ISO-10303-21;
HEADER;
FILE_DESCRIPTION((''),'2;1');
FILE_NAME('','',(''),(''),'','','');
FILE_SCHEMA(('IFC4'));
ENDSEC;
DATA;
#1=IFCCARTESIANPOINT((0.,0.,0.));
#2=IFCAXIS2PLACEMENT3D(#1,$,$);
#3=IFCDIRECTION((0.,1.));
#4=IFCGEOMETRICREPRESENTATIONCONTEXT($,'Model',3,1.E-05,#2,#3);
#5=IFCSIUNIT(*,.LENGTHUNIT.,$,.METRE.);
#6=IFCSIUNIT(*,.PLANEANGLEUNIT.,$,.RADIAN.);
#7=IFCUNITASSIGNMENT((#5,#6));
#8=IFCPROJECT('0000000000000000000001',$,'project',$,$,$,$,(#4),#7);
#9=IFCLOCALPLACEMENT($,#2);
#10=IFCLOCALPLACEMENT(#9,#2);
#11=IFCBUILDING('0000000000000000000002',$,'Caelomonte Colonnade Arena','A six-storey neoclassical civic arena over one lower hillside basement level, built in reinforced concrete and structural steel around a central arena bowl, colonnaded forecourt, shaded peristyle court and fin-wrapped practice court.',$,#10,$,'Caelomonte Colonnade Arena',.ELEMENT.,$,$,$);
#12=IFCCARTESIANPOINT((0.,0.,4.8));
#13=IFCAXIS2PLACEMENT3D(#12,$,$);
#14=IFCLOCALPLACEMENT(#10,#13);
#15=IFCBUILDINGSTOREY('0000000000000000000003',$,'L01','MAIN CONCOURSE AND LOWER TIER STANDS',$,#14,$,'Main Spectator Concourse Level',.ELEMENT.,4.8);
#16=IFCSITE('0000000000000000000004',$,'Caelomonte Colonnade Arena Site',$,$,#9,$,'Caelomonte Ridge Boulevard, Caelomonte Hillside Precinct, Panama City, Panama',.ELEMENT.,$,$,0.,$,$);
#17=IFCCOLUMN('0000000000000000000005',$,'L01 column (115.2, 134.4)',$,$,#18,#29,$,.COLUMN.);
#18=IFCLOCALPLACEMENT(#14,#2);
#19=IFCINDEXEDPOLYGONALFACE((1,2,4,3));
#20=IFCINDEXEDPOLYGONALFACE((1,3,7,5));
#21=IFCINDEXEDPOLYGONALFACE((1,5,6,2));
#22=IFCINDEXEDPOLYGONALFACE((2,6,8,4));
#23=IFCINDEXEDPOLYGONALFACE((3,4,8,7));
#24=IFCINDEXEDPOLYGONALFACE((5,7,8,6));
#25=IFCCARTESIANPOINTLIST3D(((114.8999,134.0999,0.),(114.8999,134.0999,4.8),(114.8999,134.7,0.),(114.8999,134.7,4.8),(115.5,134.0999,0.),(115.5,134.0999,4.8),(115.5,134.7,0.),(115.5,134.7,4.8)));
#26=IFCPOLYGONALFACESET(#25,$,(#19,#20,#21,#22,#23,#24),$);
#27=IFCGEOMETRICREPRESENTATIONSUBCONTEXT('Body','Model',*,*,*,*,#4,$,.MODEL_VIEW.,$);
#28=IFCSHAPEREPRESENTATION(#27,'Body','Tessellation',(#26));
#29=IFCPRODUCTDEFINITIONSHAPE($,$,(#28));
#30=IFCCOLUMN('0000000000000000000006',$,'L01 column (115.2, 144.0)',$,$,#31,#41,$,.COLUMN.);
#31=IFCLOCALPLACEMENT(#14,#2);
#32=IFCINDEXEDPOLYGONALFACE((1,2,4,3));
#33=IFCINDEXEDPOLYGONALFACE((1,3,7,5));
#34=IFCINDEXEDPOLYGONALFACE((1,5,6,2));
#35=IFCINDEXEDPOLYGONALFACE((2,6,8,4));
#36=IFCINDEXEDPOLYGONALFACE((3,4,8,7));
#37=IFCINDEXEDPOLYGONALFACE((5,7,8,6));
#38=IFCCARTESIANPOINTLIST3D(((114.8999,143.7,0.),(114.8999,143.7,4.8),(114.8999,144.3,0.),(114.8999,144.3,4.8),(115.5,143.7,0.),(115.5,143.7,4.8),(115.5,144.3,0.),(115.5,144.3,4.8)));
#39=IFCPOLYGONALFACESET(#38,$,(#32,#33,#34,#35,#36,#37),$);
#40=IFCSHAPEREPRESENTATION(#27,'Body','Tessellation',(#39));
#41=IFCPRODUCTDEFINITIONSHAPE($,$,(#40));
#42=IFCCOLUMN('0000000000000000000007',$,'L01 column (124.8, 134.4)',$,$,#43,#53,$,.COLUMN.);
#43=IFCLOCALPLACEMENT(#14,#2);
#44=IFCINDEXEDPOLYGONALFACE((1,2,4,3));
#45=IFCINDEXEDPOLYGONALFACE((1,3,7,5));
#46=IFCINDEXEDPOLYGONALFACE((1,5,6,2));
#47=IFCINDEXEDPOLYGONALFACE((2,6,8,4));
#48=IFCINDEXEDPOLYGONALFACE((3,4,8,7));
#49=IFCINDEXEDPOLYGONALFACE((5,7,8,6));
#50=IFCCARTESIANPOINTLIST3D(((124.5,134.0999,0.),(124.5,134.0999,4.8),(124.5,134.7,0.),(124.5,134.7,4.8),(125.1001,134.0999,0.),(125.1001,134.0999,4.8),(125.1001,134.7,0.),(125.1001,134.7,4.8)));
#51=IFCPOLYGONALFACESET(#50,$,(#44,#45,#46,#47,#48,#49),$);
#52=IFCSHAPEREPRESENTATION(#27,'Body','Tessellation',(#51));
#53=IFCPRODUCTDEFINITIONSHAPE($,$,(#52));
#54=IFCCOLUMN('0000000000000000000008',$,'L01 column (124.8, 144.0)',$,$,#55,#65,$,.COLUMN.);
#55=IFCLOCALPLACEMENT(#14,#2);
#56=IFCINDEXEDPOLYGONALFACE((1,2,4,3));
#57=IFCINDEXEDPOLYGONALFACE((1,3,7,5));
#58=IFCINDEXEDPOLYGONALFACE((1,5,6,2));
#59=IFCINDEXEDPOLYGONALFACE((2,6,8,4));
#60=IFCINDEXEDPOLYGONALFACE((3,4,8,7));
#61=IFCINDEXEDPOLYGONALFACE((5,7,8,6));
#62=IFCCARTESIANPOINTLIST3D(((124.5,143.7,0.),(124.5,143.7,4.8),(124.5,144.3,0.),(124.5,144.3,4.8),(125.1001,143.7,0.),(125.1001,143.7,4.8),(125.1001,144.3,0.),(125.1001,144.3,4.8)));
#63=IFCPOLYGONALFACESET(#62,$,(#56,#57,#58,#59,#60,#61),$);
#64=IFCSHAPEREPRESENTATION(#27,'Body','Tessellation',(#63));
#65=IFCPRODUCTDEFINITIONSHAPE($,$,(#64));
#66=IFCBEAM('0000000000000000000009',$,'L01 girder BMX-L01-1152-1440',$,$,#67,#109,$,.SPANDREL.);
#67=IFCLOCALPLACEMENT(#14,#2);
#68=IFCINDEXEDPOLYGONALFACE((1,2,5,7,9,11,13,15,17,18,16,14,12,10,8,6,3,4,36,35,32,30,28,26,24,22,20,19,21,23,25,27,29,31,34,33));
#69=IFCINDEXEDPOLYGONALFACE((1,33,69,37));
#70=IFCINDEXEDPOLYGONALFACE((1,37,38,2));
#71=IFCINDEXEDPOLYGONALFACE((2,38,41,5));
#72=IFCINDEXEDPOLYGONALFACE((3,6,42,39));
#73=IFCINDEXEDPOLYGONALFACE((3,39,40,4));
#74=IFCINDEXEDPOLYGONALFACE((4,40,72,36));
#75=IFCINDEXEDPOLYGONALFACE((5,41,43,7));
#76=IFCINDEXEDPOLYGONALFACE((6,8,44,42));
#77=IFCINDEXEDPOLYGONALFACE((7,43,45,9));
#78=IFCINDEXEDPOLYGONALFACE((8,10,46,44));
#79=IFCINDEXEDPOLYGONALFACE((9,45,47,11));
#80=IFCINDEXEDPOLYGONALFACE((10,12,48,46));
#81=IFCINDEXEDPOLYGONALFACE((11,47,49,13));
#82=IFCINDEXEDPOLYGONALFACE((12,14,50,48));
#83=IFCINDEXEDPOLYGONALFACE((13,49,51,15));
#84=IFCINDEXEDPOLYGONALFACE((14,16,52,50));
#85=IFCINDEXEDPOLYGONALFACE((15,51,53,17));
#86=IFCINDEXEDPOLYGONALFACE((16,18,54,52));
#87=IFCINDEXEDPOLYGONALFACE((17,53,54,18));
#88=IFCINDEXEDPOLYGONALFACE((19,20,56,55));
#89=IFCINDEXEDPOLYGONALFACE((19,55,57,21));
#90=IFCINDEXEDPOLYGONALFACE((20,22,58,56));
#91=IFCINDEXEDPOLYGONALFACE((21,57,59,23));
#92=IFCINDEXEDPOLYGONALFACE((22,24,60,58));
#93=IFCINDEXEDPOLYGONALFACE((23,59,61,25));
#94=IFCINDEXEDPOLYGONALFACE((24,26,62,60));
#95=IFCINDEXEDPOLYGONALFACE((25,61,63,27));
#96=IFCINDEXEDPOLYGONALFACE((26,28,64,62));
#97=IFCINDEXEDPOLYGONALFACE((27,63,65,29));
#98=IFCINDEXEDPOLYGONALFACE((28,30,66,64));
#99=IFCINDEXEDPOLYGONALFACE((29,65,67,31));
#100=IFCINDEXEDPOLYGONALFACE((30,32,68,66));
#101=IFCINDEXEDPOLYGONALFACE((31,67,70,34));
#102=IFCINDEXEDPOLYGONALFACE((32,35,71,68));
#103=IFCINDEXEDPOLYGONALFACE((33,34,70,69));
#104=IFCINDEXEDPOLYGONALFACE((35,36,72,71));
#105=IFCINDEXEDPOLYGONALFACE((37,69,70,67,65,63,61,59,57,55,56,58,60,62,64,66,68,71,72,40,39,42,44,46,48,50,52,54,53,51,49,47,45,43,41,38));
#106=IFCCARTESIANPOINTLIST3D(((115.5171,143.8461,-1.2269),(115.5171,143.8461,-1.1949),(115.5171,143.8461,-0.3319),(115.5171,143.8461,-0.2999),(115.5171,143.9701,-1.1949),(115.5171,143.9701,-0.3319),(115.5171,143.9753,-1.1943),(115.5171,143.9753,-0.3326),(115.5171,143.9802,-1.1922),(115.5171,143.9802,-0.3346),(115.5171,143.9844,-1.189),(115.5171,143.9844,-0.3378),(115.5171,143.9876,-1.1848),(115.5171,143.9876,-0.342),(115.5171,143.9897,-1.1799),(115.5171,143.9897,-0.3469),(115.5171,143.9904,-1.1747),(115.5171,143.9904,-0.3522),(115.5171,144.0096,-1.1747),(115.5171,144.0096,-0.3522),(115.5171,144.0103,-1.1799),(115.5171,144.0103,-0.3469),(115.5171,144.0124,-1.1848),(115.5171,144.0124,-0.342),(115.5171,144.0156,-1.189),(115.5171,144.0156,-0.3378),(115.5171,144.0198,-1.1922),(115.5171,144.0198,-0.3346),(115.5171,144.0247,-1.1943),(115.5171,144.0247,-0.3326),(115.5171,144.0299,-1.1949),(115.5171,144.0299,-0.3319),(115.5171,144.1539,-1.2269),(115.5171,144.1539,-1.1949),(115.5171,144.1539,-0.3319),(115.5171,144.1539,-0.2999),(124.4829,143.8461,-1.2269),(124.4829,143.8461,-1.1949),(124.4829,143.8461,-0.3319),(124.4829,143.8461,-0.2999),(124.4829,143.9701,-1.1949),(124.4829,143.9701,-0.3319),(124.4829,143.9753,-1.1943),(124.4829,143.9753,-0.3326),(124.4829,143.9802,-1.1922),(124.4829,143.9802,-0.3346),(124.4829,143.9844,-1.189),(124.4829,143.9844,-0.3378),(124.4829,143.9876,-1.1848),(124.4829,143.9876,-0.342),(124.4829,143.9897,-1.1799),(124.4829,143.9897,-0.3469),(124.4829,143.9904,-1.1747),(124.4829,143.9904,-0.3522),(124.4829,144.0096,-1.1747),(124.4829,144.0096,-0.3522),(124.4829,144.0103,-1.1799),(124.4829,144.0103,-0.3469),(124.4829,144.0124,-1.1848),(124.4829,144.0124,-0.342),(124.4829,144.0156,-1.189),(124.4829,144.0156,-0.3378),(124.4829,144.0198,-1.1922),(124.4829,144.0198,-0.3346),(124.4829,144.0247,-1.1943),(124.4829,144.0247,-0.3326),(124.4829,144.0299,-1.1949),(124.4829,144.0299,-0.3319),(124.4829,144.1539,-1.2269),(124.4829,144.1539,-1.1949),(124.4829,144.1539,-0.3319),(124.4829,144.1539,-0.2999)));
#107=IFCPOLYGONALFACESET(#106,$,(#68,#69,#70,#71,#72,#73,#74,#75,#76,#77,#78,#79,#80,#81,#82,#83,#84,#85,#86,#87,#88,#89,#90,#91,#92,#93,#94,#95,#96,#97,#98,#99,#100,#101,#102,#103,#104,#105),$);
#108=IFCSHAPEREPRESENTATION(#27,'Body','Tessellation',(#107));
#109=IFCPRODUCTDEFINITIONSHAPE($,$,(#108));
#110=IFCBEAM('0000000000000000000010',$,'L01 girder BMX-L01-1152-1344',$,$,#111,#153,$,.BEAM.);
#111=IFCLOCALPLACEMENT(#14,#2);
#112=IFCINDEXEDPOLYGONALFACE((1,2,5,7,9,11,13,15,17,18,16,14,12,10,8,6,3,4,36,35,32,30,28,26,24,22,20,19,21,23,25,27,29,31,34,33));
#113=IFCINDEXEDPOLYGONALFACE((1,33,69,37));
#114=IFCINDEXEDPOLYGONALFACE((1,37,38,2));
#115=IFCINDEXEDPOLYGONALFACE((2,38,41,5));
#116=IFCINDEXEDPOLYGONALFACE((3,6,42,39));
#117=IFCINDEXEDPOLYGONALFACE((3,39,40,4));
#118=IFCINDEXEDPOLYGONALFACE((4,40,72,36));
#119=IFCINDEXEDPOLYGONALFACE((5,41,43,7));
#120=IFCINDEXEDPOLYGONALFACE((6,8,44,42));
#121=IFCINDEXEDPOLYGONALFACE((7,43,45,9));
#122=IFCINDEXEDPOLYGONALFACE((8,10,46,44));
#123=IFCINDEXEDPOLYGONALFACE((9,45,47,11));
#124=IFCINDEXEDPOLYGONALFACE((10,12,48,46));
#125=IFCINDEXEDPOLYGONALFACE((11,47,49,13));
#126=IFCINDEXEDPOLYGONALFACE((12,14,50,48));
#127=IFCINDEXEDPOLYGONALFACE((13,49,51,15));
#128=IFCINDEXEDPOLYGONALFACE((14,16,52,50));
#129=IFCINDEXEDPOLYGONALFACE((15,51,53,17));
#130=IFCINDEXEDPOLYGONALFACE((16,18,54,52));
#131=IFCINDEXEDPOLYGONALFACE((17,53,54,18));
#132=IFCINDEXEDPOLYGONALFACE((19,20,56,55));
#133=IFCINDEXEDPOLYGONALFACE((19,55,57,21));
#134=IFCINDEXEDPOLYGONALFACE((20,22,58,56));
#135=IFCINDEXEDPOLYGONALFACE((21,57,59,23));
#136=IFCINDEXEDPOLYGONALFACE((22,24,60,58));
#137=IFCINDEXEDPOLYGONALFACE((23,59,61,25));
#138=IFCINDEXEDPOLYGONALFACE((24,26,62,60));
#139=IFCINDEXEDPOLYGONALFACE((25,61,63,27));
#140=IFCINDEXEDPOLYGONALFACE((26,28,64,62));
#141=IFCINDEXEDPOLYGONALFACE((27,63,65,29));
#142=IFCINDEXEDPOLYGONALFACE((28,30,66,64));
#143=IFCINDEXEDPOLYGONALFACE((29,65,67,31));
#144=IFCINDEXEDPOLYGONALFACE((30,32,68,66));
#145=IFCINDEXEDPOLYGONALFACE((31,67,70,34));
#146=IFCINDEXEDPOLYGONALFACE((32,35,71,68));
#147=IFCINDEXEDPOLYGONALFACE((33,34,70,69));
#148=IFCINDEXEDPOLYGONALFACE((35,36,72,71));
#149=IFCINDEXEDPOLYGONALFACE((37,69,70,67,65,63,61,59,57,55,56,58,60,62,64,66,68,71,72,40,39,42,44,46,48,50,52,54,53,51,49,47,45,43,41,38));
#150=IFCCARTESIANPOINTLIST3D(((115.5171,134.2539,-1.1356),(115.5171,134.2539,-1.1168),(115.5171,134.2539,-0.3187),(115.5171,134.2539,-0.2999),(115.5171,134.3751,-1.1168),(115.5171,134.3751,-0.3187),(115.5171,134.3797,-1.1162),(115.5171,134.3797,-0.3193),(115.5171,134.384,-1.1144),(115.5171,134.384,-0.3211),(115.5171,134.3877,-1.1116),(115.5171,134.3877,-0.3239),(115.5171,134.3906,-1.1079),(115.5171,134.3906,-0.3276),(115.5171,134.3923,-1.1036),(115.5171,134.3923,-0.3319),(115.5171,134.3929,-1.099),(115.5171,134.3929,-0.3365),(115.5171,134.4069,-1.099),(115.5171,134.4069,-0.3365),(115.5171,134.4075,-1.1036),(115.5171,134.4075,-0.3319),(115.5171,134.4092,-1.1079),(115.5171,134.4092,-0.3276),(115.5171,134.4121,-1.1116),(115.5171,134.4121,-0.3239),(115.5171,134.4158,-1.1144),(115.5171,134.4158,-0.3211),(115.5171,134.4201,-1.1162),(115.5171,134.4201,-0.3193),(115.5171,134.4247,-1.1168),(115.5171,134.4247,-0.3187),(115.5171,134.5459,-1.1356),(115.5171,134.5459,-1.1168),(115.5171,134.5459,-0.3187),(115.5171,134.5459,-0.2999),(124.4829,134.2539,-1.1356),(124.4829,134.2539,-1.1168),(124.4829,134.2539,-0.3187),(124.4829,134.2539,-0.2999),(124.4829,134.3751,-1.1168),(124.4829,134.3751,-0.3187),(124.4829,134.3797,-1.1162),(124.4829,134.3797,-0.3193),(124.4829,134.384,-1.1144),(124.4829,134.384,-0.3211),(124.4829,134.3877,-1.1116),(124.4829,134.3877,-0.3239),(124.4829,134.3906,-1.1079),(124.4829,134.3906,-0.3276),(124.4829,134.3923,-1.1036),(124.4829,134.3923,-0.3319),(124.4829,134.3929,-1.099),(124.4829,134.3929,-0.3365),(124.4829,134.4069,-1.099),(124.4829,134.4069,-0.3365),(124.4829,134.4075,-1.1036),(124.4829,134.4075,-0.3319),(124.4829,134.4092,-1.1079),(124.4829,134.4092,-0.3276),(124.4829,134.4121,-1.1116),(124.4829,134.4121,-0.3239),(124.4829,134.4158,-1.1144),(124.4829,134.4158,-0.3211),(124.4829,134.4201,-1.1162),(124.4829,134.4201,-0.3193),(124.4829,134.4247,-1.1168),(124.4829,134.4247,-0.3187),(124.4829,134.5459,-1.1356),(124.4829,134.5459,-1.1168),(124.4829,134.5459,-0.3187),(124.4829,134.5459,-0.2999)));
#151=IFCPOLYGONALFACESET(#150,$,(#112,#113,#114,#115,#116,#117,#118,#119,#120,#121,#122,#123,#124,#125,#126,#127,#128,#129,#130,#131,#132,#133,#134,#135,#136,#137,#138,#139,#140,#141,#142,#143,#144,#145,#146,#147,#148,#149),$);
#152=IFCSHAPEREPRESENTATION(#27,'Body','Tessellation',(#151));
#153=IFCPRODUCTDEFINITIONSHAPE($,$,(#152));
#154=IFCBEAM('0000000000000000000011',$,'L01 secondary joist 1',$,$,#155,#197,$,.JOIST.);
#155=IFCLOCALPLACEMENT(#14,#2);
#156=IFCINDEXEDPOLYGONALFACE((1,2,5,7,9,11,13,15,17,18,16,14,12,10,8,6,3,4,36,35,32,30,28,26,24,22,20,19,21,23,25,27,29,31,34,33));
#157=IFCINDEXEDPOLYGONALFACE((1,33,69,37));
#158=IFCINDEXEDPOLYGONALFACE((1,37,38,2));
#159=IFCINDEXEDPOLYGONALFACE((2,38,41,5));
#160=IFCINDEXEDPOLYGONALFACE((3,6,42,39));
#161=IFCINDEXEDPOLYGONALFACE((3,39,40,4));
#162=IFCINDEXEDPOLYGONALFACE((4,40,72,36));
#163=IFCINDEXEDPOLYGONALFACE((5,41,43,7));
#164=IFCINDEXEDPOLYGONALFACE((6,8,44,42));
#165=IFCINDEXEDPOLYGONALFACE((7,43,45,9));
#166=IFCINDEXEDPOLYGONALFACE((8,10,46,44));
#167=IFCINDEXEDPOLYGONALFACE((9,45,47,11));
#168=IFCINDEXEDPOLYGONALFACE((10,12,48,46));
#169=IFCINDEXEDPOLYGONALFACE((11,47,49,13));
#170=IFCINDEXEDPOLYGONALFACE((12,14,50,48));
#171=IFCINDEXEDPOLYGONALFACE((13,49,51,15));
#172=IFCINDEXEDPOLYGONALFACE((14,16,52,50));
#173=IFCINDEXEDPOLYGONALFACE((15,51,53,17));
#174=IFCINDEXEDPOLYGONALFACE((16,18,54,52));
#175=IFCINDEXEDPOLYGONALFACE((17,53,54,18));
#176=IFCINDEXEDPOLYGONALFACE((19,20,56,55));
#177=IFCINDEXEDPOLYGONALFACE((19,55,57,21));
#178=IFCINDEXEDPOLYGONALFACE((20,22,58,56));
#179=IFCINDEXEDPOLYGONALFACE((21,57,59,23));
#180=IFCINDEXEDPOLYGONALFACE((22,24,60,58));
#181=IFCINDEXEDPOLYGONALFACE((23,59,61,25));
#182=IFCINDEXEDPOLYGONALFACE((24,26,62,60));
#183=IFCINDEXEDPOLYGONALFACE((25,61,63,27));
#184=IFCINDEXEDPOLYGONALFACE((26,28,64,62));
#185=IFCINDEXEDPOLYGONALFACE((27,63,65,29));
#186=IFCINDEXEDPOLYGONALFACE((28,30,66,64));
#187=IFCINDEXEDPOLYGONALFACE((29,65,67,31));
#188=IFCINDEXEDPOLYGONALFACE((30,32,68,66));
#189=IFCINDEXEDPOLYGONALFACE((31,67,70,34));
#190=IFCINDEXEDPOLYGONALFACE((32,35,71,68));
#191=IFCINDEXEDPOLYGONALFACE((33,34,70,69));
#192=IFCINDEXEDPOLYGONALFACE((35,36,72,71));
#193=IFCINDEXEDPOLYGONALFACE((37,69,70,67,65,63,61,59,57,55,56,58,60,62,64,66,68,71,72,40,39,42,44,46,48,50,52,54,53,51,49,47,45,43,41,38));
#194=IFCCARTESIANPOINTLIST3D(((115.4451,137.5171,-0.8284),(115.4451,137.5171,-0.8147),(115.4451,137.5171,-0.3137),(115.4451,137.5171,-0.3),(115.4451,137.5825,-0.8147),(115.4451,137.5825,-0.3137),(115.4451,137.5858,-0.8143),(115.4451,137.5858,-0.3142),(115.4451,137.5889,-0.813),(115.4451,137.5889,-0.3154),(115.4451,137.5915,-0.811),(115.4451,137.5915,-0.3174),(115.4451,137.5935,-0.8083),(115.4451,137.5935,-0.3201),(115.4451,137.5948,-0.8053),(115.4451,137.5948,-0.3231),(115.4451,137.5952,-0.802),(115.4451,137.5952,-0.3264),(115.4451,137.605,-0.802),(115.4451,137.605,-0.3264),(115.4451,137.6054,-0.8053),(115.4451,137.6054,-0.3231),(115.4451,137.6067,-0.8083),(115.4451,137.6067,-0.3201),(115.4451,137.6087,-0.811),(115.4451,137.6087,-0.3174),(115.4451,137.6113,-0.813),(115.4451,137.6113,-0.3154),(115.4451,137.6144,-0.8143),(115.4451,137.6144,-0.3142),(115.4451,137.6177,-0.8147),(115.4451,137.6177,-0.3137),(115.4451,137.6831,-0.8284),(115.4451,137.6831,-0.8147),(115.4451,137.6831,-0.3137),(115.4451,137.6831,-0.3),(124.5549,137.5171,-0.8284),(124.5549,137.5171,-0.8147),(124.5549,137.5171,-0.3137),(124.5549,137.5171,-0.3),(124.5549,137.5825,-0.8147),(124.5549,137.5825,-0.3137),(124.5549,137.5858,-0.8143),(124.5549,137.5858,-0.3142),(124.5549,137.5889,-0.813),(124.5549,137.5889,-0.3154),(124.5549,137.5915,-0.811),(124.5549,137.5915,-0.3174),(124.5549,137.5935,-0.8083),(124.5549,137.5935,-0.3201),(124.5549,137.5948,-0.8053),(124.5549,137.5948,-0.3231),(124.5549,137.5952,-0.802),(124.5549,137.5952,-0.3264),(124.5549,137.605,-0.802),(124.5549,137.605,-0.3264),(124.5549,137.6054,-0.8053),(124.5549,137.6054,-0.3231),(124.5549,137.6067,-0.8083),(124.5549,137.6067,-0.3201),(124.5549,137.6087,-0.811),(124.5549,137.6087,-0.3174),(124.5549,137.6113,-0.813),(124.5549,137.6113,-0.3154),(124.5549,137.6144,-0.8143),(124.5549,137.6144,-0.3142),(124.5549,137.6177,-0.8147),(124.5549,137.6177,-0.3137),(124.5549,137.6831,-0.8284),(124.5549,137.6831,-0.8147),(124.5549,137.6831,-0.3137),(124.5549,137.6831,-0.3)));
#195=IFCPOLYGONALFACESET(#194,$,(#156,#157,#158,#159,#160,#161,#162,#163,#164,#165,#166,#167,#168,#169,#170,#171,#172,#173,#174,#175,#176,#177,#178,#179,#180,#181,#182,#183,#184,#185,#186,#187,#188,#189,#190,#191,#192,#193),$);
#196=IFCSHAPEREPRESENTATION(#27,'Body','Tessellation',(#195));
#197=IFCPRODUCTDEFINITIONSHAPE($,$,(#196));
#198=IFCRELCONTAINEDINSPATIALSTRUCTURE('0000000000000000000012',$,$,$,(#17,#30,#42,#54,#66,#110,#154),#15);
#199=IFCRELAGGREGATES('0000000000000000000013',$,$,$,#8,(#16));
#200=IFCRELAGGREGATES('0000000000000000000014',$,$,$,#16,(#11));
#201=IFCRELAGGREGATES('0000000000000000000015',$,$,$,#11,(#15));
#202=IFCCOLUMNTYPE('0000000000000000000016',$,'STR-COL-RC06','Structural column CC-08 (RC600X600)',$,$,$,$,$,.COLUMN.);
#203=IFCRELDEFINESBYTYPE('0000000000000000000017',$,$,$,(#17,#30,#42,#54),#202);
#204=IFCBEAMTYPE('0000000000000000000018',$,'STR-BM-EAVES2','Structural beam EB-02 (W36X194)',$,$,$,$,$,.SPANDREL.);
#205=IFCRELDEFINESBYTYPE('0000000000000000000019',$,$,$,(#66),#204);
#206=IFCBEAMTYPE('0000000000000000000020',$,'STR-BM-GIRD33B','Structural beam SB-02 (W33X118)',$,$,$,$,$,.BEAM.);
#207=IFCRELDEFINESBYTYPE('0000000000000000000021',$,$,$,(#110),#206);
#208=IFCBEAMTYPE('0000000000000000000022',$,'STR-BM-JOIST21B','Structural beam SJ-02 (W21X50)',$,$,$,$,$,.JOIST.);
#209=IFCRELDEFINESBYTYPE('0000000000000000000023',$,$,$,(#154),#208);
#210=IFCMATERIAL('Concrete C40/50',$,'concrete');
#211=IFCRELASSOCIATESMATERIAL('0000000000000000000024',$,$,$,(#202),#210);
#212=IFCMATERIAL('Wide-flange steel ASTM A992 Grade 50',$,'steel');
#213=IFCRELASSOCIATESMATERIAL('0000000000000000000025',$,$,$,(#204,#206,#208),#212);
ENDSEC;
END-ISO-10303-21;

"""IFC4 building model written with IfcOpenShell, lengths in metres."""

from ifc_helpers import new_model, si_unit, direction, frame, origin, origin_2d, place, context, subcontext, project, spatial, rectangle, i_section, extrude, material, material_profile, profile_set, type_object, element, save


model = new_model("IFC4")

# Units and contexts
model_context = context("Model", 3, precision=1e-05, world=origin(), true_north=direction((0.0, 1.0)))
body_context = subcontext(model_context, "Body", "Model", "MODEL_VIEW")
ifc_project = project(units=[si_unit("LENGTHUNIT", "METRE"), si_unit("PLANEANGLEUNIT", "RADIAN")], contexts=[model_context])

# Site, building, storey
site_placement = place(None, origin())
site = spatial("IfcSite", under=ifc_project, at=site_placement, Name="Caelomonte Colonnade Arena Site", LongName="Caelomonte Ridge Boulevard, Caelomonte Hillside Precinct, Panama City, Panama", CompositionType="ELEMENT", RefElevation=0.0)
building_placement = place(site_placement, origin())
building = spatial("IfcBuilding", under=site, at=building_placement, Name="Caelomonte Colonnade Arena", Description="A six-storey neoclassical civic arena over one lower hillside basement level, built in reinforced concrete and structural steel around a central arena bowl, colonnaded forecourt, shaded peristyle court and fin-wrapped practice court.", LongName="Caelomonte Colonnade Arena", CompositionType="ELEMENT")
storey_placement = place(building_placement, frame((0.0, 0.0, 4.8)))
storey = spatial("IfcBuildingStorey", under=building, at=storey_placement, Name="L01", Description="MAIN CONCOURSE AND LOWER TIER STANDS", LongName="Main Spectator Concourse Level", CompositionType="ELEMENT", Elevation=4.8)

# Columns
ifc_material_1 = material(Name="Concrete C40/50", Category="concrete")
ifc_material_profile_1 = material_profile(ifc_material_1, rectangle(XDim=0.6001, YDim=0.6001, at=origin_2d()), Name="RC600X600")
ifc_profile_set_1 = profile_set([ifc_material_profile_1], Name="Concrete C40/50")
column_type = type_object("IfcColumnType", Name="STR-COL-RC06", Description="Structural column CC-08 (RC600X600)", PredefinedType="COLUMN", material=ifc_profile_set_1)
for number, where, z_axis, x_axis, name in (
    (1, (115.2, 134.3999, 0.0), (0.0, 0.0, 1.0), (1.0, 0.0, 0.0), "L01 column (115.2, 134.4)"),
    (2, (115.2, 144.0, 0.0), (0.0, 0.0, 1.0), (1.0, 0.0, 0.0), "L01 column (115.2, 144.0)"),
    (3, (124.8, 134.3999, 0.0), (0.0, 0.0, 1.0), (1.0, 0.0, 0.0), "L01 column (124.8, 134.4)"),
    (4, (124.8, 144.0, 0.0), (0.0, 0.0, 1.0), (1.0, 0.0, 0.0), "L01 column (124.8, 144.0)"),
):
    element("IfcColumn", number, at=place(storey_placement, frame(where, z_axis=z_axis, x_axis=x_axis)), inside=storey, type_object=column_type, Name=name, PredefinedType="COLUMN", context=body_context, shape_type="SweptSolid", body=[
        extrude(rectangle(XDim=0.6001, YDim=0.6001, at=origin_2d()), origin(), (0.0, 0.0, 1.0), 4.8),
    ])

# Beams
ifc_material_2 = material(Name="Wide-flange steel ASTM A992 Grade 50", Category="steel")
ifc_material_profile_2 = material_profile(ifc_material_2, i_section(OverallWidth=0.3079, OverallDepth=0.927, WebThickness=0.0193, FlangeThickness=0.032, FilletRadius=0.0203, at=origin_2d()), Name="W36X194")
ifc_profile_set_2 = profile_set([ifc_material_profile_2], Name="Wide-flange steel ASTM A992 Grade 50")
beam_type_1 = type_object("IfcBeamType", Name="STR-BM-EAVES2", Description="Structural beam EB-02 (W36X194)", PredefinedType="SPANDREL", material=ifc_profile_set_2)
beam_1_placement = place(storey_placement, frame((115.5171, 144.0, -0.7634), z_axis=(1.0, 0.0, 0.0), x_axis=(0.0, 1.0, 0.0)))
element("IfcBeam", 5, at=beam_1_placement, inside=storey, type_object=beam_type_1, Name="L01 girder BMX-L01-1152-1440", PredefinedType="SPANDREL", context=body_context, shape_type="SweptSolid", body=[
    extrude(i_section(OverallWidth=0.3079, OverallDepth=0.927, WebThickness=0.0193, FlangeThickness=0.032, FilletRadius=0.0203, at=origin_2d()), origin(), (0.0, 0.0, 1.0), 8.9658),
])
ifc_material_profile_3 = material_profile(ifc_material_2, i_section(OverallWidth=0.292, OverallDepth=0.8357, WebThickness=0.0139, FlangeThickness=0.0188, FilletRadius=0.0178, at=origin_2d()), Name="W33X118")
ifc_profile_set_3 = profile_set([ifc_material_profile_3], Name="Wide-flange steel ASTM A992 Grade 50")
beam_type_2 = type_object("IfcBeamType", Name="STR-BM-GIRD33B", Description="Structural beam SB-02 (W33X118)", PredefinedType="BEAM", material=ifc_profile_set_3)
beam_2_placement = place(storey_placement, frame((115.5171, 134.3999, -0.7178), z_axis=(1.0, 0.0, 0.0), x_axis=(0.0, 1.0, 0.0)))
element("IfcBeam", 6, at=beam_2_placement, inside=storey, type_object=beam_type_2, Name="L01 girder BMX-L01-1152-1344", PredefinedType="BEAM", context=body_context, shape_type="SweptSolid", body=[
    extrude(i_section(OverallWidth=0.292, OverallDepth=0.8357, WebThickness=0.0139, FlangeThickness=0.0188, FilletRadius=0.0178, at=origin_2d()), origin(), (0.0, 0.0, 1.0), 8.9658),
])
ifc_material_profile_4 = material_profile(ifc_material_2, i_section(OverallWidth=0.166, OverallDepth=0.5283, WebThickness=0.0098, FlangeThickness=0.0137, FilletRadius=0.0127, at=origin_2d()), Name="W21X50")
ifc_profile_set_4 = profile_set([ifc_material_profile_4], Name="Wide-flange steel ASTM A992 Grade 50")
beam_type_3 = type_object("IfcBeamType", Name="STR-BM-JOIST21B", Description="Structural beam SJ-02 (W21X50)", PredefinedType="JOIST", material=ifc_profile_set_4)
for number, where, z_axis, x_axis, name in (
    (7, (115.4451, 137.6001, -0.5642), (1.0, 0.0, 0.0), (0.0, 1.0, 0.0), "L01 secondary joist 1"),
):
    element("IfcBeam", number, at=place(storey_placement, frame(where, z_axis=z_axis, x_axis=x_axis)), inside=storey, type_object=beam_type_3, Name=name, PredefinedType="JOIST", context=body_context, shape_type="SweptSolid", body=[
        extrude(i_section(OverallWidth=0.166, OverallDepth=0.5283, WebThickness=0.0098, FlangeThickness=0.0137, FilletRadius=0.0127, at=origin_2d()), origin(), (0.0, 0.0, 1.0), 9.1099),
    ])

save(model, "model.ifc")
